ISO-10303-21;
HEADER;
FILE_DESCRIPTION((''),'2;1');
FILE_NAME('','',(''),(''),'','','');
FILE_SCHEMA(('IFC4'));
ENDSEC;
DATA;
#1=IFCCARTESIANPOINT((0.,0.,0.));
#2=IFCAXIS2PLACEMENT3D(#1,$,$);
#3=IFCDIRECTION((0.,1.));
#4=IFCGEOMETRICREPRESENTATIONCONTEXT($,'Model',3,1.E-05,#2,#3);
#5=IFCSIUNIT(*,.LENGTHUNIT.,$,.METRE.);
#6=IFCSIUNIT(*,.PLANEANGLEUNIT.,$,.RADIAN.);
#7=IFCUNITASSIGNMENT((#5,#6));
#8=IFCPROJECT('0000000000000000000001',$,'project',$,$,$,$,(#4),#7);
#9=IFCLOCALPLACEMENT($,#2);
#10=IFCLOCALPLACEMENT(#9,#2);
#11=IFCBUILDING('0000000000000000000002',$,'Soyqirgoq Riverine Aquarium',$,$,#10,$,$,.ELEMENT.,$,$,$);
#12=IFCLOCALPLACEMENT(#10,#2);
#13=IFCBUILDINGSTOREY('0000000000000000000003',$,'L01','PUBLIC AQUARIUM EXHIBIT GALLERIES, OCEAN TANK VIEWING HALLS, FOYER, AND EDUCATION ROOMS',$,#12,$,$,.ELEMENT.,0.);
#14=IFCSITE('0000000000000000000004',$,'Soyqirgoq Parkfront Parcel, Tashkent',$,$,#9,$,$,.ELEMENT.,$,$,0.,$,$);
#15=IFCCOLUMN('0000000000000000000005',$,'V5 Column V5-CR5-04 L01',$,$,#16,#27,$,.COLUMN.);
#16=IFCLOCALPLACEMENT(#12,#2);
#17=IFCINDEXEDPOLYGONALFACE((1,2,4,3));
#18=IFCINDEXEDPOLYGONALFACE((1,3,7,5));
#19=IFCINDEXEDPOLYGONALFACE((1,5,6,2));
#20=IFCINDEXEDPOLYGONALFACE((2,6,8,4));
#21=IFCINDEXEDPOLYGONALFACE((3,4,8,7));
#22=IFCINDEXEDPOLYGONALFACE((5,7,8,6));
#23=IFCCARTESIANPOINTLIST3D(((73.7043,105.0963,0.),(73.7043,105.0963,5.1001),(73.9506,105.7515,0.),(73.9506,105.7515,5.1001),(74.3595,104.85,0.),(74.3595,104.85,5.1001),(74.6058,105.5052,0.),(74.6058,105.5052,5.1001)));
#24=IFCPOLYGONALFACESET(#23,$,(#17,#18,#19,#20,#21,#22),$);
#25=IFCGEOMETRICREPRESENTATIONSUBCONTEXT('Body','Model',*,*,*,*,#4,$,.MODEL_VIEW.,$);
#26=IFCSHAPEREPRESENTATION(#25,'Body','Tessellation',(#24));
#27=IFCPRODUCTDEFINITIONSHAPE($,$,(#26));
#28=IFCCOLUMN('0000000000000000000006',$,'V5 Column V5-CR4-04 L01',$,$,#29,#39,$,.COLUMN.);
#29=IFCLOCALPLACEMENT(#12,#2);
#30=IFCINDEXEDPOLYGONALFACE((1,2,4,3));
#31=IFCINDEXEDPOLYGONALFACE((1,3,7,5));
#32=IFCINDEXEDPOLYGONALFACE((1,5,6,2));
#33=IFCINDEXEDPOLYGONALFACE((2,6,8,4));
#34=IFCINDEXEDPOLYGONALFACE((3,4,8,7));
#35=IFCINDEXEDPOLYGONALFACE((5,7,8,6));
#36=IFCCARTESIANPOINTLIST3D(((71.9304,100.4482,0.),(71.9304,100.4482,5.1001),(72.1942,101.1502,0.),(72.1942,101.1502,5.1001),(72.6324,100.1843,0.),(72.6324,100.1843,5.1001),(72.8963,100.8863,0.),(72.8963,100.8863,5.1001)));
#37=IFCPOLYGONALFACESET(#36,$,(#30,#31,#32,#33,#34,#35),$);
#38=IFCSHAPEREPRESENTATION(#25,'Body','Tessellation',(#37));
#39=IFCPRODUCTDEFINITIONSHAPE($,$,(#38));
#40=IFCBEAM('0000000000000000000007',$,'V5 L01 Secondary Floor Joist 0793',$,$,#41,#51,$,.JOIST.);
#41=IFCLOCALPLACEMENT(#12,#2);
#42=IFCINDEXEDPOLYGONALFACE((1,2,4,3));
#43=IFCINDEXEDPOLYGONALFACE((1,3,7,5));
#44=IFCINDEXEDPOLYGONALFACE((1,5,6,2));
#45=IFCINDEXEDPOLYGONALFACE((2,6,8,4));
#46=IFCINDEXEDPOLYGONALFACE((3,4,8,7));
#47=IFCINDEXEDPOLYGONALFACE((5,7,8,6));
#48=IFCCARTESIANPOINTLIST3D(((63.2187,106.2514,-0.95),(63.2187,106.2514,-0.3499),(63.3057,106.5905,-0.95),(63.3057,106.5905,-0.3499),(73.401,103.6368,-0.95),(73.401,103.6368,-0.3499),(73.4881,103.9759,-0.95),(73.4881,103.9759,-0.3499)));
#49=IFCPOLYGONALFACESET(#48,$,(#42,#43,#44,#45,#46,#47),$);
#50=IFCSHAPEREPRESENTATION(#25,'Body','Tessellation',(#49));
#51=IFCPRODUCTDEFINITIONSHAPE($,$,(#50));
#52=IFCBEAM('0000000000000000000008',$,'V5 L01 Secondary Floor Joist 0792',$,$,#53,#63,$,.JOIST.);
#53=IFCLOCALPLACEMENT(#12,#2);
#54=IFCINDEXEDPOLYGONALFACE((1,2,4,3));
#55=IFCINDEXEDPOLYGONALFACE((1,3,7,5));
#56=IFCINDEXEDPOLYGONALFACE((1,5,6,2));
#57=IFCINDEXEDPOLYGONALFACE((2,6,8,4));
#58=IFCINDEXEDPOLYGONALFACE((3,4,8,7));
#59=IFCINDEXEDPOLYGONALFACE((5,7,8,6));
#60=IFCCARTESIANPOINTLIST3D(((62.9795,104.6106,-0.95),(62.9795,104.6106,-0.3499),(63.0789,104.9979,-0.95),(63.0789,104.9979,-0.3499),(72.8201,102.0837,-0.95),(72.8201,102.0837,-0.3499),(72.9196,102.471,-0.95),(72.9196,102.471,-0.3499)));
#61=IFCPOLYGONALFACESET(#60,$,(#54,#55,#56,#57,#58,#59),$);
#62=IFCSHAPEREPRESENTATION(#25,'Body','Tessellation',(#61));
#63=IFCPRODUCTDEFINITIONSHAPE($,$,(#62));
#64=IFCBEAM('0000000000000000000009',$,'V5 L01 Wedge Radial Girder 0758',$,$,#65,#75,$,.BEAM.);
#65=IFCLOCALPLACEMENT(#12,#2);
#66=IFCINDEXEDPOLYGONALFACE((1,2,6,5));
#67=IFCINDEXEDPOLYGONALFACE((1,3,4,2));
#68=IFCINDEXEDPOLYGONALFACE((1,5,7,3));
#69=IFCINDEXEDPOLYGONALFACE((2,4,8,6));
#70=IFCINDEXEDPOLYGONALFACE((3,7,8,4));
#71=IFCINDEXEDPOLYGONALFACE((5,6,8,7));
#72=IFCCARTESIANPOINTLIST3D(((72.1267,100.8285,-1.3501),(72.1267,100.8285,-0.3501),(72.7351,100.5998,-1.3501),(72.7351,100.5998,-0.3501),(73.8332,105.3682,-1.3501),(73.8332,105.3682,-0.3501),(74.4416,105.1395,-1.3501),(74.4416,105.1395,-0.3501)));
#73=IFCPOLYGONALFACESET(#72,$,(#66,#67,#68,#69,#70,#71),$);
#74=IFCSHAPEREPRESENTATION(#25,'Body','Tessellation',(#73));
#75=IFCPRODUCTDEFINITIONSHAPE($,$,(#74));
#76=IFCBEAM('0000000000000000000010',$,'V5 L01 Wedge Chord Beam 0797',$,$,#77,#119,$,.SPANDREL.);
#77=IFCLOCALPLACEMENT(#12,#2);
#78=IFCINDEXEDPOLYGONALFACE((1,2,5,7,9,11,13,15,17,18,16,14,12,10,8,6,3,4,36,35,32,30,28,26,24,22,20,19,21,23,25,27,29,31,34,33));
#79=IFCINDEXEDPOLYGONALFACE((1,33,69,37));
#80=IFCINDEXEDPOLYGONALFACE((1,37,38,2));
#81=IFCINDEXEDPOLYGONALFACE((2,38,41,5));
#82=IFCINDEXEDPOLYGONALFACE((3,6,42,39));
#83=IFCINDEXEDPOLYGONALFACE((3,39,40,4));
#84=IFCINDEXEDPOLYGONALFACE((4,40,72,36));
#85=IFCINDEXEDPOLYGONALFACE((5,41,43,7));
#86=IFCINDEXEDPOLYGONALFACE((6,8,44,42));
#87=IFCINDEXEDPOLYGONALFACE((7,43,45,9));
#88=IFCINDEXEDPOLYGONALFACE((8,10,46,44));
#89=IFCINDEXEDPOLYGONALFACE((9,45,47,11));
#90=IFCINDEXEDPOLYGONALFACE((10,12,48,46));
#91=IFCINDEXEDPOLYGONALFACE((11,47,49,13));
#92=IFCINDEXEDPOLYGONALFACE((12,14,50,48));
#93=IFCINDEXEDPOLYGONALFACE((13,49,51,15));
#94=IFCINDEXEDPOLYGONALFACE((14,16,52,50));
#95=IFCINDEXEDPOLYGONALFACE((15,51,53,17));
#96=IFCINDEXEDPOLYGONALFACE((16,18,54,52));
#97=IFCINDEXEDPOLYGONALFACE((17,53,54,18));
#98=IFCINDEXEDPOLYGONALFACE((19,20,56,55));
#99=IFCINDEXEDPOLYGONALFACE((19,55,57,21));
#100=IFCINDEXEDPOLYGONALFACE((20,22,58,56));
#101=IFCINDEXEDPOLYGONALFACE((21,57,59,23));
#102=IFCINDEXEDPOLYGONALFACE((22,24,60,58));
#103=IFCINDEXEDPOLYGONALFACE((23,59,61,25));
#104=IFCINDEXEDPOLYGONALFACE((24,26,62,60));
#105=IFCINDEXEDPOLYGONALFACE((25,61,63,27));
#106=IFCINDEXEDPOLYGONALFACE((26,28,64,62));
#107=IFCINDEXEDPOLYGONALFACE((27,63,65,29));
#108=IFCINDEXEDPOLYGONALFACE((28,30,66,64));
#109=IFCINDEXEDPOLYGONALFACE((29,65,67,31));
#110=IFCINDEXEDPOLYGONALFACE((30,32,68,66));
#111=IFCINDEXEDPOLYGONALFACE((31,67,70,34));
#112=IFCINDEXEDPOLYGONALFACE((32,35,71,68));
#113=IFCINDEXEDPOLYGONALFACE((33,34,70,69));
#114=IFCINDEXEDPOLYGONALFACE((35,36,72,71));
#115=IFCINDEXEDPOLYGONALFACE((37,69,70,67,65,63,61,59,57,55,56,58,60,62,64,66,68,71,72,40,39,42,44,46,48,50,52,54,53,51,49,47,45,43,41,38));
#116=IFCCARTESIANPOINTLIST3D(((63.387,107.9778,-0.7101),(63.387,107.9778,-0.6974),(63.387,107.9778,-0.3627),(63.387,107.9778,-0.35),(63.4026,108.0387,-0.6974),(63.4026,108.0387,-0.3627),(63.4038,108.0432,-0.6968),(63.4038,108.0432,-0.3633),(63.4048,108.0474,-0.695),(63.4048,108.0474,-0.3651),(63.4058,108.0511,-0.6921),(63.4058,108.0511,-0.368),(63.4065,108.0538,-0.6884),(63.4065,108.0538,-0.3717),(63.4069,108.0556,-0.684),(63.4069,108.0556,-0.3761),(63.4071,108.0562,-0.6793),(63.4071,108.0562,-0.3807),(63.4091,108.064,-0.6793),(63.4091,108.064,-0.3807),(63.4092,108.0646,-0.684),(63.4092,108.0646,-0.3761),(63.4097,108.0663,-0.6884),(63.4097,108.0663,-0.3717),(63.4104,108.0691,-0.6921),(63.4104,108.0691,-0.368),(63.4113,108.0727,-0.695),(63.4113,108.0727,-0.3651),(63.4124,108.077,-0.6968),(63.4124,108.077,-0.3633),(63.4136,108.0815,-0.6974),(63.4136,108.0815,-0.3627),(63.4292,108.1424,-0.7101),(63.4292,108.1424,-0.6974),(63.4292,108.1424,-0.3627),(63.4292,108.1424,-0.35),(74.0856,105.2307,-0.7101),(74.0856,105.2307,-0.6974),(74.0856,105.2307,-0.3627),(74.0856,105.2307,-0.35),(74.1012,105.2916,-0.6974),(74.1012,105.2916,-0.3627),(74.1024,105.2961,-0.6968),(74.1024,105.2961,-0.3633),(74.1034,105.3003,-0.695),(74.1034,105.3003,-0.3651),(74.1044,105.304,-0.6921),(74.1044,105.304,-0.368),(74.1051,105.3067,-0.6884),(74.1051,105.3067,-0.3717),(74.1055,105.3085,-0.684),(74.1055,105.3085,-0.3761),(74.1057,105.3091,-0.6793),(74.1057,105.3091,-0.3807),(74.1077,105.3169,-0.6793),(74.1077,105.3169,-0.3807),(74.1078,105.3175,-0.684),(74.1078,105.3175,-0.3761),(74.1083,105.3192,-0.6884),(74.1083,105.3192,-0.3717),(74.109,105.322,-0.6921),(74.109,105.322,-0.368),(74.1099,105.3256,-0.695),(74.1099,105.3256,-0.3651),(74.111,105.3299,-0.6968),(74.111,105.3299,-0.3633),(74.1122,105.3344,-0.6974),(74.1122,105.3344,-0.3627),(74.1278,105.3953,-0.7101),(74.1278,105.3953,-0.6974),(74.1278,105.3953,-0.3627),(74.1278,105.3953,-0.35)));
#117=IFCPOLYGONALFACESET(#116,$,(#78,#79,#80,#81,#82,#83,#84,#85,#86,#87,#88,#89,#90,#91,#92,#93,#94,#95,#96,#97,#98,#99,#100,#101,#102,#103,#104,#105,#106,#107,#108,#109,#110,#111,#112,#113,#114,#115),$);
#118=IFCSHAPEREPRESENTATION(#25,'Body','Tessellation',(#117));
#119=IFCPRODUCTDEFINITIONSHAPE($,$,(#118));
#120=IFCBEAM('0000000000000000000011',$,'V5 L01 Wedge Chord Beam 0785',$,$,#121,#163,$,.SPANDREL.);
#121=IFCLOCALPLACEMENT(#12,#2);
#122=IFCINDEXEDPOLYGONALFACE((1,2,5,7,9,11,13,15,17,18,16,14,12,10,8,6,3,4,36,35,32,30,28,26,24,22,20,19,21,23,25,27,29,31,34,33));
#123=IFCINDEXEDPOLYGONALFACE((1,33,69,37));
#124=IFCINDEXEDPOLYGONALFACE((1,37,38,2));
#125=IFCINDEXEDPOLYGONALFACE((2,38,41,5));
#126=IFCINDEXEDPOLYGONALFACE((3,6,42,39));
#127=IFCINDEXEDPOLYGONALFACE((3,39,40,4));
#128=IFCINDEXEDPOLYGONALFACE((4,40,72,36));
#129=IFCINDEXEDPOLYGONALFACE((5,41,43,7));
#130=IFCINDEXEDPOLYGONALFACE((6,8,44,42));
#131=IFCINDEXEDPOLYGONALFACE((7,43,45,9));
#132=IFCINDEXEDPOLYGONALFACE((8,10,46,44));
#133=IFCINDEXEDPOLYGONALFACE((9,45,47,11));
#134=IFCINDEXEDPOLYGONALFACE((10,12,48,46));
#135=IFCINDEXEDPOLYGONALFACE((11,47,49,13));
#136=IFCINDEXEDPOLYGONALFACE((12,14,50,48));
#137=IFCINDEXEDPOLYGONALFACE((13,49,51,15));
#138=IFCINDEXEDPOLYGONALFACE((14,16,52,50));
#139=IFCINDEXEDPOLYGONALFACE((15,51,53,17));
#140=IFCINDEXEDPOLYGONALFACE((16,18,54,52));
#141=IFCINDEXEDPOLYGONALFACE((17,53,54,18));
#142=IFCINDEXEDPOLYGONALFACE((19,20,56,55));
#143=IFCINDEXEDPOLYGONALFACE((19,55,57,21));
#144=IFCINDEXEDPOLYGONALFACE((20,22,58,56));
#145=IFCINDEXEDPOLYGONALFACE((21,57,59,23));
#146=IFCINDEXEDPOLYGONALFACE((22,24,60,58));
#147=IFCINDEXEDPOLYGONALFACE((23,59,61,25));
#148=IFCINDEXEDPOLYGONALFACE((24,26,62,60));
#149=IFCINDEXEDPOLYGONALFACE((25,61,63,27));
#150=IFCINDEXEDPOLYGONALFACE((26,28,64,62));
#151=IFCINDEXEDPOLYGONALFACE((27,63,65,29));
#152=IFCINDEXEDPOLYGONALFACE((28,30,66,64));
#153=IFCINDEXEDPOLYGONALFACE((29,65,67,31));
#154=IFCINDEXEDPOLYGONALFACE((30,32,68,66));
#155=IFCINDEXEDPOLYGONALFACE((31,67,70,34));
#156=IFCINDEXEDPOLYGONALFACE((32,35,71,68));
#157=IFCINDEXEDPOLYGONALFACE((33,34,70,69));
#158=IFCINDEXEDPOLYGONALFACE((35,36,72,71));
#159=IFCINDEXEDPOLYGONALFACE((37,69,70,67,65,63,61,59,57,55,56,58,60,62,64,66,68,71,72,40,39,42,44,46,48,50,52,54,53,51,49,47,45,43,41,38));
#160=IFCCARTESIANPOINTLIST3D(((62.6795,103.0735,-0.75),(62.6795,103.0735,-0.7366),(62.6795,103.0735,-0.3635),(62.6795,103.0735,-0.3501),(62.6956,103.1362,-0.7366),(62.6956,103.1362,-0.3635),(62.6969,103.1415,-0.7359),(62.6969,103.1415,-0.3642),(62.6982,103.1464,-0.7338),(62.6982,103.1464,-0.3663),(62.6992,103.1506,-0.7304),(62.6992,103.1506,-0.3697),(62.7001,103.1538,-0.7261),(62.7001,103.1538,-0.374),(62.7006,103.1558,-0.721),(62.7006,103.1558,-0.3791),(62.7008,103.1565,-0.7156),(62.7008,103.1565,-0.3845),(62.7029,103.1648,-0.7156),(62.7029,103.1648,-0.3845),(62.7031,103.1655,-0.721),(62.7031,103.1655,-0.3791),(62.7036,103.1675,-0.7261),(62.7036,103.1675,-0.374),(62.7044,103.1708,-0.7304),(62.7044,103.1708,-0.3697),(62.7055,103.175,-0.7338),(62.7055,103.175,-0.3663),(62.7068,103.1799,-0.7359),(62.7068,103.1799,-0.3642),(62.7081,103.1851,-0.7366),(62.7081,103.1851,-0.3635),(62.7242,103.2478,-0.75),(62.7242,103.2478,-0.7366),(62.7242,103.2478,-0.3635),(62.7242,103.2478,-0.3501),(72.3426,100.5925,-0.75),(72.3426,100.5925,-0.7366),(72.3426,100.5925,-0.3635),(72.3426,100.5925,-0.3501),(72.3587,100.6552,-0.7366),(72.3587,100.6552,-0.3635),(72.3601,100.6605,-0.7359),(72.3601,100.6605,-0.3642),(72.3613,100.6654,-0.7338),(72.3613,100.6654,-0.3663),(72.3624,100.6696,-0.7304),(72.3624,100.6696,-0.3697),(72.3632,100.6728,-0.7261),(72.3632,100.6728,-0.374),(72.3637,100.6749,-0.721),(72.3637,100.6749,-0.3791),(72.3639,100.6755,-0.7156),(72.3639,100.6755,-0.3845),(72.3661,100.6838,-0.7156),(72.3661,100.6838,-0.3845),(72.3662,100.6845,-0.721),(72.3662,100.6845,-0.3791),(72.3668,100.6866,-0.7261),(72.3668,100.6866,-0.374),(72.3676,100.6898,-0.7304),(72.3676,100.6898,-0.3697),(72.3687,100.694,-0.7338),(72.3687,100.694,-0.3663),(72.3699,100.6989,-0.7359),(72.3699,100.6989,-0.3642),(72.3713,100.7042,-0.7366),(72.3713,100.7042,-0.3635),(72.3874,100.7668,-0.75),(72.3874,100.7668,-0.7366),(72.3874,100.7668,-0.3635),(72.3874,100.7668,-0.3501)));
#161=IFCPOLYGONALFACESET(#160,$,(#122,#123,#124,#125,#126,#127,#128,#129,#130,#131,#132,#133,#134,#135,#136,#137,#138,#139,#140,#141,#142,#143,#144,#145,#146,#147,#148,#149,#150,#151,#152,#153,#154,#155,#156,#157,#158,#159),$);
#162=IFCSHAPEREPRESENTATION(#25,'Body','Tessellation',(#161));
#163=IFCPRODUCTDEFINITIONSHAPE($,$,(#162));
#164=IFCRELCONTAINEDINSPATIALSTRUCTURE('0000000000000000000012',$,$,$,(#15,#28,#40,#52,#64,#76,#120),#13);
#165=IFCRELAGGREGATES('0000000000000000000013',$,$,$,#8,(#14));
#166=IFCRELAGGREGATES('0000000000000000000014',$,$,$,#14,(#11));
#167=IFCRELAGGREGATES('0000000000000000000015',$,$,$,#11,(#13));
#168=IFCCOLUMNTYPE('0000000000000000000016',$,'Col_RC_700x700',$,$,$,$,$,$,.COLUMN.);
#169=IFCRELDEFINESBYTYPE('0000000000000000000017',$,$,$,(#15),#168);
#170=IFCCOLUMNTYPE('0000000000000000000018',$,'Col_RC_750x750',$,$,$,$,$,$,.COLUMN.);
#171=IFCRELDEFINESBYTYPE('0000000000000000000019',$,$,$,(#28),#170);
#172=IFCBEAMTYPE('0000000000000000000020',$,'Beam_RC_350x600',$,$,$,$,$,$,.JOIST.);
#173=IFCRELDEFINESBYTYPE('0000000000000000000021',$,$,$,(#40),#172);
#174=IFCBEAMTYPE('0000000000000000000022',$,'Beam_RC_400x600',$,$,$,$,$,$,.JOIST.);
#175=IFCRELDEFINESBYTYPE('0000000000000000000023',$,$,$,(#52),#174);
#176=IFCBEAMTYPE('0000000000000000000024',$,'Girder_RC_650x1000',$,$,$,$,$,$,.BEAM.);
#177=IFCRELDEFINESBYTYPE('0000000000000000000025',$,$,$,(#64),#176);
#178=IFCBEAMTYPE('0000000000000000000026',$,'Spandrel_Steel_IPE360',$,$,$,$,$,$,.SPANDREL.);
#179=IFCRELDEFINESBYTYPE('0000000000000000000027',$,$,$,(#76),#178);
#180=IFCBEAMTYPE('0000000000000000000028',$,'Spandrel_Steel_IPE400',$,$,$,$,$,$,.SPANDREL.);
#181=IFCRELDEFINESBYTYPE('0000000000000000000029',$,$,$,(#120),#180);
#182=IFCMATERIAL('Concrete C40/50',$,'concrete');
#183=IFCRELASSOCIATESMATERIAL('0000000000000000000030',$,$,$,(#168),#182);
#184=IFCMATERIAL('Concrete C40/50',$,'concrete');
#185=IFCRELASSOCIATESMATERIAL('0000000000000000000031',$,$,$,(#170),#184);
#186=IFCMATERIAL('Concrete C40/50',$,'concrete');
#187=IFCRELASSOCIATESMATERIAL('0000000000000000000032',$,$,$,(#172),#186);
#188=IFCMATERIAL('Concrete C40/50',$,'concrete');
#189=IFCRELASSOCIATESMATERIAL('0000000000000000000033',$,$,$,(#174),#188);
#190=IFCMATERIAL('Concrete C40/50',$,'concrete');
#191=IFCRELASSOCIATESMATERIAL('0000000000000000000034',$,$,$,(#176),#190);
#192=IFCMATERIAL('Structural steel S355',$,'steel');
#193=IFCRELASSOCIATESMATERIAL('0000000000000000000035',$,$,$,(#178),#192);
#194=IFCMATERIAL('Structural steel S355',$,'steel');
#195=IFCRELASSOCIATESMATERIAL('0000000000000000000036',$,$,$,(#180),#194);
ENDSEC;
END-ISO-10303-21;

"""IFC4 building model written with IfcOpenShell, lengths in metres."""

from ifc_helpers import new_model, si_unit, direction, frame, origin, origin_2d, place, context, subcontext, project, spatial, rectangle, i_section, extrude, material, material_profile, profile_set, type_object, element, save


model = new_model("IFC4")

# Units and contexts
model_context = context("Model", 3, precision=1e-05, world=origin(), true_north=direction((0.0, 1.0)))
body_context = subcontext(model_context, "Body", "Model", "MODEL_VIEW")
ifc_project = project(units=[si_unit("LENGTHUNIT", "METRE"), si_unit("PLANEANGLEUNIT", "RADIAN")], contexts=[model_context])

# Site, building, storey
site_placement = place(None, origin())
site = spatial("IfcSite", under=ifc_project, at=site_placement, Name="Soyqirgoq Parkfront Parcel, Tashkent", CompositionType="ELEMENT", RefElevation=0.0)
building_placement = place(site_placement, origin())
building = spatial("IfcBuilding", under=site, at=building_placement, Name="Soyqirgoq Riverine Aquarium", CompositionType="ELEMENT")
storey_placement = place(building_placement, origin())
storey = spatial("IfcBuildingStorey", under=building, at=storey_placement, Name="L01", Description="PUBLIC AQUARIUM EXHIBIT GALLERIES, OCEAN TANK VIEWING HALLS, FOYER, AND EDUCATION ROOMS", CompositionType="ELEMENT", Elevation=0.0)

# Columns
ifc_material_1 = material(Name="Concrete C40/50", Category="concrete")
ifc_material_profile_1 = material_profile(ifc_material_1, rectangle(XDim=0.7, YDim=0.7, at=origin_2d()), Name="RC 700x700")
ifc_profile_set_1 = profile_set([ifc_material_profile_1], Name="Concrete C40/50")
column_type_1 = type_object("IfcColumnType", Name="Col_RC_700x700", PredefinedType="COLUMN", material=ifc_profile_set_1)
column_1_placement = place(storey_placement, frame((74.155, 105.3008, 0.0), z_axis=(0.0, 0.0, 1.0), x_axis=(0.351842, 0.93606, 0.0)))
element("IfcColumn", 1, at=column_1_placement, inside=storey, type_object=column_type_1, Name="V5 Column V5-CR5-04 L01", PredefinedType="COLUMN", context=body_context, shape_type="SweptSolid", body=[
    extrude(rectangle(XDim=0.7, YDim=0.7, at=origin_2d()), origin(), (0.0, 0.0, 1.0), 5.1001),
])
ifc_material_2 = material(Name="Concrete C40/50", Category="concrete")
ifc_material_profile_2 = material_profile(ifc_material_2, rectangle(XDim=0.75, YDim=0.75, at=origin_2d()), Name="RC 750x750")
ifc_profile_set_2 = profile_set([ifc_material_profile_2], Name="Concrete C40/50")
column_type_2 = type_object("IfcColumnType", Name="Col_RC_750x750", PredefinedType="COLUMN", material=ifc_profile_set_2)
column_2_placement = place(storey_placement, frame((72.4133, 100.6672, 0.0), z_axis=(0.0, 0.0, 1.0), x_axis=(0.351842, 0.93606, 0.0)))
element("IfcColumn", 2, at=column_2_placement, inside=storey, type_object=column_type_2, Name="V5 Column V5-CR4-04 L01", PredefinedType="COLUMN", context=body_context, shape_type="SweptSolid", body=[
    extrude(rectangle(XDim=0.75, YDim=0.75, at=origin_2d()), origin(), (0.0, 0.0, 1.0), 5.1001),
])

# Beams
ifc_material_3 = material(Name="Concrete C40/50", Category="concrete")
ifc_material_profile_3 = material_profile(ifc_material_3, rectangle(XDim=0.3501, YDim=0.6001, at=origin_2d()), Name="RC 350x600")
ifc_profile_set_3 = profile_set([ifc_material_profile_3], Name="Concrete C40/50")
beam_type_1 = type_object("IfcBeamType", Name="Beam_RC_350x600", PredefinedType="JOIST", material=ifc_profile_set_3)
beam_1_placement = place(storey_placement, frame((73.4446, 103.8064, -0.6499), z_axis=(-0.968581, 0.2487, 0.0), x_axis=(-0.2487, -0.968581, 0.0)))
element("IfcBeam", 3, at=beam_1_placement, inside=storey, type_object=beam_type_1, Name="V5 L01 Secondary Floor Joist 0793", PredefinedType="JOIST", context=body_context, shape_type="SweptSolid", body=[
    extrude(rectangle(XDim=0.3501, YDim=0.6001, at=origin_2d()), origin(), (0.0, 0.0, 1.0), 10.5127),
])
ifc_material_4 = material(Name="Concrete C40/50", Category="concrete")
ifc_material_profile_4 = material_profile(ifc_material_4, rectangle(XDim=0.3999, YDim=0.6001, at=origin_2d()), Name="RC 400x600")
ifc_profile_set_4 = profile_set([ifc_material_profile_4], Name="Concrete C40/50")
beam_type_2 = type_object("IfcBeamType", Name="Beam_RC_400x600", PredefinedType="JOIST", material=ifc_profile_set_4)
beam_2_placement = place(storey_placement, frame((72.8699, 102.2773, -0.6499), z_axis=(-0.968578, 0.248711, 0.0), x_axis=(-0.248711, -0.968578, 0.0)))
element("IfcBeam", 4, at=beam_2_placement, inside=storey, type_object=beam_type_2, Name="V5 L01 Secondary Floor Joist 0792", PredefinedType="JOIST", context=body_context, shape_type="SweptSolid", body=[
    extrude(rectangle(XDim=0.3999, YDim=0.6001, at=origin_2d()), origin(), (0.0, 0.0, 1.0), 10.1599),
])
ifc_material_5 = material(Name="Concrete C40/50", Category="concrete")
ifc_material_profile_5 = material_profile(ifc_material_5, rectangle(XDim=0.6499, YDim=1.0, at=origin_2d()), Name="RC 650x1000")
ifc_profile_set_5 = profile_set([ifc_material_profile_5], Name="Concrete C40/50")
beam_type_3 = type_object("IfcBeamType", Name="Girder_RC_650x1000", PredefinedType="BEAM", material=ifc_profile_set_5)
beam_3_placement = place(storey_placement, frame((72.4309, 100.7141, -0.8501), z_axis=(0.351868, 0.93605, 0.0), x_axis=(-0.93605, 0.351868, 0.0)))
element("IfcBeam", 5, at=beam_3_placement, inside=storey, type_object=beam_type_3, Name="V5 L01 Wedge Radial Girder 0758", PredefinedType="BEAM", context=body_context, shape_type="SweptSolid", body=[
    extrude(rectangle(XDim=0.6499, YDim=1.0, at=origin_2d()), origin(), (0.0, 0.0, 1.0), 4.8499),
])
ifc_material_6 = material(Name="Structural steel S355", Category="steel")
ifc_material_profile_6 = material_profile(ifc_material_6, i_section(OverallWidth=0.1699, OverallDepth=0.3601, WebThickness=0.0081, FlangeThickness=0.0127, FilletRadius=0.0181, at=origin_2d()), Name="IPE 360")
ifc_profile_set_6 = profile_set([ifc_material_profile_6], Name="Structural steel S355")
beam_type_4 = type_object("IfcBeamType", Name="Spandrel_Steel_IPE360", PredefinedType="SPANDREL", material=ifc_profile_set_6)
beam_4_placement = place(storey_placement, frame((74.1067, 105.313, -0.53), z_axis=(-0.96858, 0.248704, 0.0), x_axis=(-0.248704, -0.96858, 0.0)))
element("IfcBeam", 6, at=beam_4_placement, inside=storey, type_object=beam_type_4, Name="V5 L01 Wedge Chord Beam 0797", PredefinedType="SPANDREL", context=body_context, shape_type="SweptSolid", body=[
    extrude(i_section(OverallWidth=0.1699, OverallDepth=0.3601, WebThickness=0.0081, FlangeThickness=0.0127, FilletRadius=0.0181, at=origin_2d()), origin(), (0.0, 0.0, 1.0), 11.0457),
])
ifc_material_7 = material(Name="Structural steel S355", Category="steel")
ifc_material_profile_7 = material_profile(ifc_material_7, i_section(OverallWidth=0.1799, OverallDepth=0.3999, WebThickness=0.0085, FlangeThickness=0.0134, FilletRadius=0.021, at=origin_2d()), Name="IPE 400")
ifc_profile_set_7 = profile_set([ifc_material_profile_7], Name="Structural steel S355")
beam_type_5 = type_object("IfcBeamType", Name="Spandrel_Steel_IPE400", PredefinedType="SPANDREL", material=ifc_profile_set_7)
beam_5_placement = place(storey_placement, frame((72.365, 100.6797, -0.55), z_axis=(-0.968586, 0.24868, 0.0), x_axis=(-0.24868, -0.968586, 0.0)))
element("IfcBeam", 7, at=beam_5_placement, inside=storey, type_object=beam_type_5, Name="V5 L01 Wedge Chord Beam 0785", PredefinedType="SPANDREL", context=body_context, shape_type="SweptSolid", body=[
    extrude(i_section(OverallWidth=0.1799, OverallDepth=0.3999, WebThickness=0.0085, FlangeThickness=0.0134, FilletRadius=0.021, at=origin_2d()), origin(), (0.0, 0.0, 1.0), 9.9766),
])

save(model, "model.ifc")
